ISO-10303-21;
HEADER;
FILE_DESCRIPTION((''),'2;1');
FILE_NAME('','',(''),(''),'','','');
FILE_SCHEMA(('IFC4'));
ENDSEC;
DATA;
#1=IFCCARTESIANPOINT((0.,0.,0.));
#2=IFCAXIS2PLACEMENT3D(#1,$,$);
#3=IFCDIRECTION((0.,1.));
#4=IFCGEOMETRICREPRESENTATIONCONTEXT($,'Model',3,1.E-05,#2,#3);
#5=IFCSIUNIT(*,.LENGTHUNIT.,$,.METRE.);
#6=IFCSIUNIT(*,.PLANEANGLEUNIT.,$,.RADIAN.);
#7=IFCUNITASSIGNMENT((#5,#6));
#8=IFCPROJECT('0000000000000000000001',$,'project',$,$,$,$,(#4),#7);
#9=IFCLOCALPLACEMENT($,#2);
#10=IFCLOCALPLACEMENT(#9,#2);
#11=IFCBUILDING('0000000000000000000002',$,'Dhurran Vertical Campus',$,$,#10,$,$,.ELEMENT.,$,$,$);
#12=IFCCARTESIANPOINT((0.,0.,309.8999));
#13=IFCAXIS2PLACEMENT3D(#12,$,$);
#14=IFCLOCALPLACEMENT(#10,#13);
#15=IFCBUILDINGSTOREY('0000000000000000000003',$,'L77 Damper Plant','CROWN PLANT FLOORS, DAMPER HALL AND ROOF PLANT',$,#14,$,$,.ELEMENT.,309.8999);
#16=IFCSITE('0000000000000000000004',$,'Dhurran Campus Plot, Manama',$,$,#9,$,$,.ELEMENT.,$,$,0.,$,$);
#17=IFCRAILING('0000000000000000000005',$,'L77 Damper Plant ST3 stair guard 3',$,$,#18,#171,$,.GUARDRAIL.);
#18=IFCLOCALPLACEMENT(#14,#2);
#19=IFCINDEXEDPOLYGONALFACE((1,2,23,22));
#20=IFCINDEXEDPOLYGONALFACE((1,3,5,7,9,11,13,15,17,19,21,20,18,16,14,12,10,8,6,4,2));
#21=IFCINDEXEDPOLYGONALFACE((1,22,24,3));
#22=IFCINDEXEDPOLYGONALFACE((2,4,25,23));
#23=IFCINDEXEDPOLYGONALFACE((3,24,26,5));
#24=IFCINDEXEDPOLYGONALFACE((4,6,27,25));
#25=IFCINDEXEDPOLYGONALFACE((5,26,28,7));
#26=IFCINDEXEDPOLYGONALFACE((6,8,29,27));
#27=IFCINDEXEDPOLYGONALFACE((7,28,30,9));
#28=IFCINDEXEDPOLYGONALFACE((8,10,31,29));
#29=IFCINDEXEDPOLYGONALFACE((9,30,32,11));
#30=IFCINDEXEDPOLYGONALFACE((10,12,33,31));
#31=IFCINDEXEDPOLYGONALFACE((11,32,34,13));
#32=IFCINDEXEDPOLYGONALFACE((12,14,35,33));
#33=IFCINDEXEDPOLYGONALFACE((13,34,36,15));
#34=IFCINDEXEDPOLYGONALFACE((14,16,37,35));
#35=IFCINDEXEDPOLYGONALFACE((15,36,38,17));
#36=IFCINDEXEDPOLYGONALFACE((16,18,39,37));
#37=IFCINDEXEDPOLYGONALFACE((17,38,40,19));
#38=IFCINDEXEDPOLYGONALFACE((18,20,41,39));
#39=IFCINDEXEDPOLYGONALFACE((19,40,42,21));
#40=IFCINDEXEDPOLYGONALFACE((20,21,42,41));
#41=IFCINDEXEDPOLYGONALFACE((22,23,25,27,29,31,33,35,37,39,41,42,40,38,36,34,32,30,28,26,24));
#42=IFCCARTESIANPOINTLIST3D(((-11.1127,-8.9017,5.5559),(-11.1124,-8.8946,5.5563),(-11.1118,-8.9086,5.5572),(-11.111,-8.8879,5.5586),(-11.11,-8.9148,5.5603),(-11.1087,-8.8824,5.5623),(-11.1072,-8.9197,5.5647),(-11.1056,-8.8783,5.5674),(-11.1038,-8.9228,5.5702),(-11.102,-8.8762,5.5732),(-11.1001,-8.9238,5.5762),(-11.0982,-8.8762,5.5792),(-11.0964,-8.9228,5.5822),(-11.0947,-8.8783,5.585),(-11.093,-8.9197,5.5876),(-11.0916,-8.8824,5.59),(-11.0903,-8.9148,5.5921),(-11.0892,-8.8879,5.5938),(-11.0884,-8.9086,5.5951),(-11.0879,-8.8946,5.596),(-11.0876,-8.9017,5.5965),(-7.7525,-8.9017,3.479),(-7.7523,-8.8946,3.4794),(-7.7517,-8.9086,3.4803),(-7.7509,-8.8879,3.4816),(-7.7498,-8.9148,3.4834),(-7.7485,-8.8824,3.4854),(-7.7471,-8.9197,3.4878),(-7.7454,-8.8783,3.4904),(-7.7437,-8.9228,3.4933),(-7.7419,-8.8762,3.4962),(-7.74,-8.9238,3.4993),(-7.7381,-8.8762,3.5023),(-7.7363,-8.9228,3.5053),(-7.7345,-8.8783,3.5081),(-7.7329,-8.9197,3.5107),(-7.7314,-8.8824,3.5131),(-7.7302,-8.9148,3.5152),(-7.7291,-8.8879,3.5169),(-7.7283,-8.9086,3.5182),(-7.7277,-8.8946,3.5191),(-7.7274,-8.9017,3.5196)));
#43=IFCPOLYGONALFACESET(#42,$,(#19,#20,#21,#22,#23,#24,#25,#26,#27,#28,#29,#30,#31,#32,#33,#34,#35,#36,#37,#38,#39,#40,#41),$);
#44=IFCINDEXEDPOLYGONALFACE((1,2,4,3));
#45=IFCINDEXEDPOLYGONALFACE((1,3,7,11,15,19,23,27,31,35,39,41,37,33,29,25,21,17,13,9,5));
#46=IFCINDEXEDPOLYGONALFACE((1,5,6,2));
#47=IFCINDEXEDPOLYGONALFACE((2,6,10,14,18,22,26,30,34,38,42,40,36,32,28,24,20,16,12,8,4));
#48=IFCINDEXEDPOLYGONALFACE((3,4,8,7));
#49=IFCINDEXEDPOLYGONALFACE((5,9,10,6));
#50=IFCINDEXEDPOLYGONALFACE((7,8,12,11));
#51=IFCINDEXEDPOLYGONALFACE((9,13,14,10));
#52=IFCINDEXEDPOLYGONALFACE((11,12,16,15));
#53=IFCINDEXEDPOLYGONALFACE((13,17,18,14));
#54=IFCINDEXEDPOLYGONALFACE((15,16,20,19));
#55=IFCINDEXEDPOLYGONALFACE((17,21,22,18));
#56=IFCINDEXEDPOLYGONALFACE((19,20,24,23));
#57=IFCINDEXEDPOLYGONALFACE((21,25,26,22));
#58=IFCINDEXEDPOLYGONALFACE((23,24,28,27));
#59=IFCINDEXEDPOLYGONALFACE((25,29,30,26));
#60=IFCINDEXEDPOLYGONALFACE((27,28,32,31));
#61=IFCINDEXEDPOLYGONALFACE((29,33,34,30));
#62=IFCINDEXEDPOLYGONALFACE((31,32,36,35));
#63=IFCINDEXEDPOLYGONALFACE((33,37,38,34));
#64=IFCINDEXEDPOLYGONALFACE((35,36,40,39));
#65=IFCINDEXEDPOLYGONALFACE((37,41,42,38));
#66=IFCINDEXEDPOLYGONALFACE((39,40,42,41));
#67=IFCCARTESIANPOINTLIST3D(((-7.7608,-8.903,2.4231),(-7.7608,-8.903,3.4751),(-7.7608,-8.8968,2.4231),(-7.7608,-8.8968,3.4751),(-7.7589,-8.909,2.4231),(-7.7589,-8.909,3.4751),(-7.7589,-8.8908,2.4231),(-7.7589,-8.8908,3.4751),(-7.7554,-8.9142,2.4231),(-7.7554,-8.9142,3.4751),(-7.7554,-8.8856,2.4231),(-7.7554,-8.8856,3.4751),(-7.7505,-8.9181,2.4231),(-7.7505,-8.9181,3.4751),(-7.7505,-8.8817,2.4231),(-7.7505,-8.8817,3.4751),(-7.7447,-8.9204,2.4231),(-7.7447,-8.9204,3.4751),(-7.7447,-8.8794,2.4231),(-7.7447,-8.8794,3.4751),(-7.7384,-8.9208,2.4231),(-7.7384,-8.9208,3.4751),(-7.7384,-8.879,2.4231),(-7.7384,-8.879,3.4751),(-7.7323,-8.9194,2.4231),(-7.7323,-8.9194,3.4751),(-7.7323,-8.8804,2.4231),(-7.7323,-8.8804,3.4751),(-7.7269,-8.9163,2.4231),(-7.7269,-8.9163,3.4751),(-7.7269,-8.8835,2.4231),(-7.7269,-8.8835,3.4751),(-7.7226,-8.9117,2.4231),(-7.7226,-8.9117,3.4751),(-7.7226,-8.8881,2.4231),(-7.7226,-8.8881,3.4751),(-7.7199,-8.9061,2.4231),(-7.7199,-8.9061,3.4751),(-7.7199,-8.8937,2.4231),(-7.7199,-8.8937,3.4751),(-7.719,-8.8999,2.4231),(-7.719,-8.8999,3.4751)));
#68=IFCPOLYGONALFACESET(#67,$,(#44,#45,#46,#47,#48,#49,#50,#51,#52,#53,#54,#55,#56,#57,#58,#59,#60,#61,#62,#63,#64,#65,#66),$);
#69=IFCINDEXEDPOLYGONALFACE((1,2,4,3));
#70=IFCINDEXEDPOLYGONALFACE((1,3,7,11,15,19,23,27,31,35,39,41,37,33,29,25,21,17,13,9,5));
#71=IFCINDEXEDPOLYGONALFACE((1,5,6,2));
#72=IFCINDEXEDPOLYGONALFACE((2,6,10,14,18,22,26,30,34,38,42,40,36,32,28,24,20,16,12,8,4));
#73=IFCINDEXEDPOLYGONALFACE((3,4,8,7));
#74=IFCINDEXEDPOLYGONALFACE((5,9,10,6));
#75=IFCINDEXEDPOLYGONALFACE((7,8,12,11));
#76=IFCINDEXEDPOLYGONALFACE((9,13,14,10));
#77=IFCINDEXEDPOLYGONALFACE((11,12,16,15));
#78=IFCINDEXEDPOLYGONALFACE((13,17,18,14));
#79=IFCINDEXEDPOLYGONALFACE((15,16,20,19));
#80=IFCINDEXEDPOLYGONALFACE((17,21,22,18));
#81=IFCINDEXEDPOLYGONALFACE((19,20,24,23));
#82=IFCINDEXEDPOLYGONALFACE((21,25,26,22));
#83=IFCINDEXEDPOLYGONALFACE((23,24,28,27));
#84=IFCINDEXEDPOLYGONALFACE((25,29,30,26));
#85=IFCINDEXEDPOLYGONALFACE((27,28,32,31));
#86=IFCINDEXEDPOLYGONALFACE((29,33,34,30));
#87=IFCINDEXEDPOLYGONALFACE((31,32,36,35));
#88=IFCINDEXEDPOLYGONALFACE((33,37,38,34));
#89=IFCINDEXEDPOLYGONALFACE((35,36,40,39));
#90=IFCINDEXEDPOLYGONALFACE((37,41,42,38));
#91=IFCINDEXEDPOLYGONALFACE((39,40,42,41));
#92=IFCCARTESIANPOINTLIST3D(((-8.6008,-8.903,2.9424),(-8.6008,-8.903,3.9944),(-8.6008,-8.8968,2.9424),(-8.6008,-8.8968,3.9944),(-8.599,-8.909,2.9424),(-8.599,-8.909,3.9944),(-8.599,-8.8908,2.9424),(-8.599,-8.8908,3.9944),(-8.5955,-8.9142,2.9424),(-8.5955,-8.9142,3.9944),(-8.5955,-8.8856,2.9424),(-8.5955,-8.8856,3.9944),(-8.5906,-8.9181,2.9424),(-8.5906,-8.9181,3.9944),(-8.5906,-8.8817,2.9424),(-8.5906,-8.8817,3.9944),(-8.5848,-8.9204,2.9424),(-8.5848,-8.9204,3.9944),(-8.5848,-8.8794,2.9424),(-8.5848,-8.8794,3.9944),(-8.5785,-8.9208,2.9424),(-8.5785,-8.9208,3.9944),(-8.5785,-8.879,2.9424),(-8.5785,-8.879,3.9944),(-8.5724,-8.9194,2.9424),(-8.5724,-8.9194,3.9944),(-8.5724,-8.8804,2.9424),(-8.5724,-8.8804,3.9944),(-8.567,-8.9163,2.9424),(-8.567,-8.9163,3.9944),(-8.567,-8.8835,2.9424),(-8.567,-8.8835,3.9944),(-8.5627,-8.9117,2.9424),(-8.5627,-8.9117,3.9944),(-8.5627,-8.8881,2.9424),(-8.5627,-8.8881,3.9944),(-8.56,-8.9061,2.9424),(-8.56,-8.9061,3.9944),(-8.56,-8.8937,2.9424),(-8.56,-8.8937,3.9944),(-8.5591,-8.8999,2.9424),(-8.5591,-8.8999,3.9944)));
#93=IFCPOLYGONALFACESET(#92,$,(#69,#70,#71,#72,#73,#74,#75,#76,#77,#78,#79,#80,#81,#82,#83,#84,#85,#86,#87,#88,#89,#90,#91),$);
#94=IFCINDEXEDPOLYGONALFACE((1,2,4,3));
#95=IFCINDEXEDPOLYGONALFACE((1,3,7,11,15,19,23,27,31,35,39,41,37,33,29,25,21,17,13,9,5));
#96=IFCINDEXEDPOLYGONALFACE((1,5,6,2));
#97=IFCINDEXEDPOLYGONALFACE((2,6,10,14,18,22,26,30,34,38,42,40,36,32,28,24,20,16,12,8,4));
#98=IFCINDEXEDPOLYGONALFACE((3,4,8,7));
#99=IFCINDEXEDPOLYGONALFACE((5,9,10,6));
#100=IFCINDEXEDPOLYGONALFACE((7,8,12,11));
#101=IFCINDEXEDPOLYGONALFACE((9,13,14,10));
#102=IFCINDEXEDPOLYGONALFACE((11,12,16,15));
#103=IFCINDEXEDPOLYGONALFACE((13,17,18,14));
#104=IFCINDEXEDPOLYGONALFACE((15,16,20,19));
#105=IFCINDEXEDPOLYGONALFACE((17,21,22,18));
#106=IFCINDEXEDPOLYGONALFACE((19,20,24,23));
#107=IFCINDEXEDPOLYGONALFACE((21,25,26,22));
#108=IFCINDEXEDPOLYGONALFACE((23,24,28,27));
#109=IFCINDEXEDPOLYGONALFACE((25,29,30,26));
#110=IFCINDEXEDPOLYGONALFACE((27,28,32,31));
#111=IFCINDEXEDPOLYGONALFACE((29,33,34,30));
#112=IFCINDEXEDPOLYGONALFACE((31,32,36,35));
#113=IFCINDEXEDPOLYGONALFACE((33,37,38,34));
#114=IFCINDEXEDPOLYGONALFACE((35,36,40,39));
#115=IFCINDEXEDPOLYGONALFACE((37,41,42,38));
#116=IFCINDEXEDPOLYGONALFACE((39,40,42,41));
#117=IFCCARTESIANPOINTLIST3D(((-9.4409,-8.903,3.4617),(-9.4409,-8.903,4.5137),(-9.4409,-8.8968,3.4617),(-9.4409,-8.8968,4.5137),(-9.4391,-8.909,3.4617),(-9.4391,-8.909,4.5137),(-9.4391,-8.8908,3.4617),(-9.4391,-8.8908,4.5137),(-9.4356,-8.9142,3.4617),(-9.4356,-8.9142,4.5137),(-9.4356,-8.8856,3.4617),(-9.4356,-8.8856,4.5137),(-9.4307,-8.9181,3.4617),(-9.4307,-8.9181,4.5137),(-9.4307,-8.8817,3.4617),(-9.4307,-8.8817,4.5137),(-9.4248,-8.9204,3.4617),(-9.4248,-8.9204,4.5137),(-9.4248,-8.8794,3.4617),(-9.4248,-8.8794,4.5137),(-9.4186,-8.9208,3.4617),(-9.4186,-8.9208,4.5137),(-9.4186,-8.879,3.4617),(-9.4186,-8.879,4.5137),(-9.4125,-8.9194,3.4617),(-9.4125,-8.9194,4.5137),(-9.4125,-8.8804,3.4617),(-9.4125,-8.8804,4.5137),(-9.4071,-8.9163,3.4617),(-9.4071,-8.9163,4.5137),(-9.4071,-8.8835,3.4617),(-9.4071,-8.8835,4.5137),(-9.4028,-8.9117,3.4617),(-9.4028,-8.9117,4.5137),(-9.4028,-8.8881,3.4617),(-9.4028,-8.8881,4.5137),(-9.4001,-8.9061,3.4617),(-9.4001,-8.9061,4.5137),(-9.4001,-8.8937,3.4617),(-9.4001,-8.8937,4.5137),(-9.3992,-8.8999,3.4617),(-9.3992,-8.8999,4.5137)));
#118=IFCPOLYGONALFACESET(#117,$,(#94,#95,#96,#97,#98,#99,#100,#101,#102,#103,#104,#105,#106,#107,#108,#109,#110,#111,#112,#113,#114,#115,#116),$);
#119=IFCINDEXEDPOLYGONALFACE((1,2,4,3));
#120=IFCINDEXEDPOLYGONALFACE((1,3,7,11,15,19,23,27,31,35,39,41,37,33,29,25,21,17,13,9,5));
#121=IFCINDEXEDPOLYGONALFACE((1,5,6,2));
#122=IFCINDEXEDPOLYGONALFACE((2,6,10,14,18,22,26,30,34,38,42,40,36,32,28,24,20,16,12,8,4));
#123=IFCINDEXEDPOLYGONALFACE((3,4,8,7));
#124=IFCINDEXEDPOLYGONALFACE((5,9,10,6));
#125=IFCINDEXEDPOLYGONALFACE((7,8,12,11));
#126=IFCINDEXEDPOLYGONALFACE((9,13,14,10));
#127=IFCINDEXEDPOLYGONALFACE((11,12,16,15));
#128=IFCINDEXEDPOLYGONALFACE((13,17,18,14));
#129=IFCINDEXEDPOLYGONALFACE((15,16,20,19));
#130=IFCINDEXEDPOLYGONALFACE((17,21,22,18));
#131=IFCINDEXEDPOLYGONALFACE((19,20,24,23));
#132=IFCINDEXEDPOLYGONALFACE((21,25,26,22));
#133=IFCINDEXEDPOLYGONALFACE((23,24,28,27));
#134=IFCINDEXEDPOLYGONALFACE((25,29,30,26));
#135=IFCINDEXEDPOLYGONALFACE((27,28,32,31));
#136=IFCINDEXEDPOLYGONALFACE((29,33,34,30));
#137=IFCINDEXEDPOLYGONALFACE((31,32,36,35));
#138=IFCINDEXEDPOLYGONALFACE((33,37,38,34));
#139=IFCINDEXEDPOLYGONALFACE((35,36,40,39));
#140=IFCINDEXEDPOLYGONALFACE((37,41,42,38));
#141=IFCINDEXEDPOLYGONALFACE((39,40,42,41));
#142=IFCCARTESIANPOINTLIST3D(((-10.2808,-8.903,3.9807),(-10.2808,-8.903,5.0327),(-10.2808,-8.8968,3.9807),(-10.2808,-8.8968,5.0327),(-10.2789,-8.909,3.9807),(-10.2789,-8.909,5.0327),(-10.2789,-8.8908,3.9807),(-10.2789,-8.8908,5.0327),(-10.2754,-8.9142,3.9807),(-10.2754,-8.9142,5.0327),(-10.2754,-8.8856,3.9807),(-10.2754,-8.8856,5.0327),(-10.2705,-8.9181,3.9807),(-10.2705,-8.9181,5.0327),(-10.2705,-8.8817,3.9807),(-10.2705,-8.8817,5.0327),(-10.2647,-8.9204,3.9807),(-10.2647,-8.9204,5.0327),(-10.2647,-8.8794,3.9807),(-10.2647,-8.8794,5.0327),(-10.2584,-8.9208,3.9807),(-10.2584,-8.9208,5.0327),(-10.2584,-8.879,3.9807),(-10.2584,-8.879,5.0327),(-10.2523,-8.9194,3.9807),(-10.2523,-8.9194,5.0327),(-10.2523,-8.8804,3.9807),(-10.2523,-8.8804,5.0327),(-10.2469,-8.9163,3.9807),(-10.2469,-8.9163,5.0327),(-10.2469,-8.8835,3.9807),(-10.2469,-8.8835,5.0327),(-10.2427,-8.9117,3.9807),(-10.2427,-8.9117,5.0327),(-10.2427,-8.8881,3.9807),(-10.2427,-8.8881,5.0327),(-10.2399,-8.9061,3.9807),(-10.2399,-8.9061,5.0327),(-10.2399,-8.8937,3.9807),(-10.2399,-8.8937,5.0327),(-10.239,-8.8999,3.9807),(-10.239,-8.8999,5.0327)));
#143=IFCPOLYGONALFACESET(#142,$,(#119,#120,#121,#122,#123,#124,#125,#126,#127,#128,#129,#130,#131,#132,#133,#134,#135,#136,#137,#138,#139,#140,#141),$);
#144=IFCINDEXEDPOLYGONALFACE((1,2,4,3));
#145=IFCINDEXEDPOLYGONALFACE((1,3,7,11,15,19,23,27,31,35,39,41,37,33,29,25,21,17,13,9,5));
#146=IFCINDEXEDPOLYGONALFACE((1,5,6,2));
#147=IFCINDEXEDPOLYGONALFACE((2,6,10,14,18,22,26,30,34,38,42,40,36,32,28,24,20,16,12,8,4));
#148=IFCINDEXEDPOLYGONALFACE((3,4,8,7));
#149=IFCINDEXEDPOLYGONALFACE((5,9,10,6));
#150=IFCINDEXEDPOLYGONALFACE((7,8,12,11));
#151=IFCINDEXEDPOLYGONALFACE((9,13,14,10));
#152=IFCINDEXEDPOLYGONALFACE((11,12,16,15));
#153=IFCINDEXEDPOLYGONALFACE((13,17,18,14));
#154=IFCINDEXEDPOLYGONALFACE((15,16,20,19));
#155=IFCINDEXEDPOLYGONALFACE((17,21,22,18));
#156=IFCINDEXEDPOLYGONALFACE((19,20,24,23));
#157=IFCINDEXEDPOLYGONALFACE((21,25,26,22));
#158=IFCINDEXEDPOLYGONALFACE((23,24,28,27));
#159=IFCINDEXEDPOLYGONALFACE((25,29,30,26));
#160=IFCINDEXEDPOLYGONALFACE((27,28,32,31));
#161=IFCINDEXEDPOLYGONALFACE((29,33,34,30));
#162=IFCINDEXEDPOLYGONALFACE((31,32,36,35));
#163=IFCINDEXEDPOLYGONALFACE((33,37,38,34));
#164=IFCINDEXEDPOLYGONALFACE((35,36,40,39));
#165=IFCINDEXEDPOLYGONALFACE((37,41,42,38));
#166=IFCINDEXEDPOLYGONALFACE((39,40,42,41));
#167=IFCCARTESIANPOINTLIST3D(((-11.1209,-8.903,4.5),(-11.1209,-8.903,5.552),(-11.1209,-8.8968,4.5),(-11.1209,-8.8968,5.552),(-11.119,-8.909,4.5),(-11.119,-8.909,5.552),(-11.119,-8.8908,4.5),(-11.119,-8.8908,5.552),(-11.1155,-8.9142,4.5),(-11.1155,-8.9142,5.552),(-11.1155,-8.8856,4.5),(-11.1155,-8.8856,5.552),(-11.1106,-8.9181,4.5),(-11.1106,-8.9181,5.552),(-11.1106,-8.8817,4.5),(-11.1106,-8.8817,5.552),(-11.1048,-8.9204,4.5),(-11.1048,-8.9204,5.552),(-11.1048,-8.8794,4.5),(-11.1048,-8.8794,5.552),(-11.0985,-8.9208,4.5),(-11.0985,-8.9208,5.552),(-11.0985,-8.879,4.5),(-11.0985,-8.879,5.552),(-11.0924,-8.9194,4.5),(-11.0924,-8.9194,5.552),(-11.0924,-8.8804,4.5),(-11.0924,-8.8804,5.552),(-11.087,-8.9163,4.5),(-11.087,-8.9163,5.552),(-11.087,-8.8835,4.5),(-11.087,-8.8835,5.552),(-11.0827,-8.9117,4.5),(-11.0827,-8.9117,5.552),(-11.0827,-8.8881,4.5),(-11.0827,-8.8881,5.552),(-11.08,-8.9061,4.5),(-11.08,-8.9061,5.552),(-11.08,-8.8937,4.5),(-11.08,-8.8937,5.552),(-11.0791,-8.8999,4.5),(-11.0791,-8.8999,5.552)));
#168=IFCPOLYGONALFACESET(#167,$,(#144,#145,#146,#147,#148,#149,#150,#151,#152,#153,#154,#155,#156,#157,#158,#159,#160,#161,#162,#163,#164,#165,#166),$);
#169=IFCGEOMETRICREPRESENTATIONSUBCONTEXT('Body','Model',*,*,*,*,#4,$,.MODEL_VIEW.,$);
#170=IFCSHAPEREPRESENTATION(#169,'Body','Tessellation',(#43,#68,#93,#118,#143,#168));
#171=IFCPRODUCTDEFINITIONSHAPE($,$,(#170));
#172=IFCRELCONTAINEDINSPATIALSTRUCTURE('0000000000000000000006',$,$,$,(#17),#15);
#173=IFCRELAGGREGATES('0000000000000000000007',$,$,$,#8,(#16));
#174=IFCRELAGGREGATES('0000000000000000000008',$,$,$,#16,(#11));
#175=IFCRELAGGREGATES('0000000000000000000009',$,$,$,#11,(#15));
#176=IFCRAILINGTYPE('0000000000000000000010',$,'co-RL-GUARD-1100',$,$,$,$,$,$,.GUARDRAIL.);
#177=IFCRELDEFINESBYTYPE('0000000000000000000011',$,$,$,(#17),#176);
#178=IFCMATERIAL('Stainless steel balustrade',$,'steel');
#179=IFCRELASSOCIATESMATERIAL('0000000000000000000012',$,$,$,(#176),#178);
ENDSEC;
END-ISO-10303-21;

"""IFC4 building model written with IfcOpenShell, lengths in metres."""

from ifc_helpers import new_model, si_unit, direction, frame, origin, origin_2d, place, context, subcontext, project, spatial, circle, extrude, material, type_object, element, save


model = new_model("IFC4")

# Units and contexts
model_context = context("Model", 3, precision=1e-05, world=origin(), true_north=direction((0.0, 1.0)))
body_context = subcontext(model_context, "Body", "Model", "MODEL_VIEW")
ifc_project = project(units=[si_unit("LENGTHUNIT", "METRE"), si_unit("PLANEANGLEUNIT", "RADIAN")], contexts=[model_context])

# Site, building, storey
site_placement = place(None, origin())
site = spatial("IfcSite", under=ifc_project, at=site_placement, Name="Dhurran Campus Plot, Manama", CompositionType="ELEMENT", RefElevation=0.0)
building_placement = place(site_placement, origin())
building = spatial("IfcBuilding", under=site, at=building_placement, Name="Dhurran Vertical Campus", CompositionType="ELEMENT")
storey_placement = place(building_placement, frame((0.0, 0.0, 309.8999)))
storey = spatial("IfcBuildingStorey", under=building, at=storey_placement, Name="L77 Damper Plant", Description="CROWN PLANT FLOORS, DAMPER HALL AND ROOF PLANT", CompositionType="ELEMENT", Elevation=309.8999)

# Railing
ifc_material_1 = material(Name="Stainless steel balustrade", Category="steel")
railing_type_1 = type_object("IfcRailingType", Name="co-RL-GUARD-1100", PredefinedType="GUARDRAIL", material=ifc_material_1)
railing_1_placement = place(storey_placement, frame((-7.74, -8.8999, 2.4231)))
element("IfcRailing", 1, at=railing_1_placement, inside=storey, type_object=railing_type_1, Name="L77 Damper Plant ST3 stair guard 3", PredefinedType="GUARDRAIL", context=body_context, shape_type="SweptSolid", body=[
    extrude(circle(Radius=0.0239, at=origin_2d()), frame((0.0, 0.0, 1.0762), z_axis=(-0.850623, 0.0, 0.525776), x_axis=(0.0, -1.0, 0.0)), (0.0, 0.0, 1.0), 3.9502),
    extrude(circle(Radius=0.021, at=origin_2d()), origin(), (0.0, 0.0, 1.0), 1.052),
    extrude(circle(Radius=0.021, at=origin_2d()), frame((-0.8401, 0.0, 0.5193)), (0.0, 0.0, 1.0), 1.052),
    extrude(circle(Radius=0.021, at=origin_2d()), frame((-1.6802, 0.0, 1.0386)), (0.0, 0.0, 1.0), 1.052),
    extrude(circle(Radius=0.021, at=origin_2d()), frame((-2.52, 0.0, 1.5576)), (0.0, 0.0, 1.0), 1.052),
    extrude(circle(Radius=0.021, at=origin_2d()), frame((-3.3601, 0.0, 2.0769)), (0.0, 0.0, 1.0), 1.052),
])

save(model, "model.ifc")
